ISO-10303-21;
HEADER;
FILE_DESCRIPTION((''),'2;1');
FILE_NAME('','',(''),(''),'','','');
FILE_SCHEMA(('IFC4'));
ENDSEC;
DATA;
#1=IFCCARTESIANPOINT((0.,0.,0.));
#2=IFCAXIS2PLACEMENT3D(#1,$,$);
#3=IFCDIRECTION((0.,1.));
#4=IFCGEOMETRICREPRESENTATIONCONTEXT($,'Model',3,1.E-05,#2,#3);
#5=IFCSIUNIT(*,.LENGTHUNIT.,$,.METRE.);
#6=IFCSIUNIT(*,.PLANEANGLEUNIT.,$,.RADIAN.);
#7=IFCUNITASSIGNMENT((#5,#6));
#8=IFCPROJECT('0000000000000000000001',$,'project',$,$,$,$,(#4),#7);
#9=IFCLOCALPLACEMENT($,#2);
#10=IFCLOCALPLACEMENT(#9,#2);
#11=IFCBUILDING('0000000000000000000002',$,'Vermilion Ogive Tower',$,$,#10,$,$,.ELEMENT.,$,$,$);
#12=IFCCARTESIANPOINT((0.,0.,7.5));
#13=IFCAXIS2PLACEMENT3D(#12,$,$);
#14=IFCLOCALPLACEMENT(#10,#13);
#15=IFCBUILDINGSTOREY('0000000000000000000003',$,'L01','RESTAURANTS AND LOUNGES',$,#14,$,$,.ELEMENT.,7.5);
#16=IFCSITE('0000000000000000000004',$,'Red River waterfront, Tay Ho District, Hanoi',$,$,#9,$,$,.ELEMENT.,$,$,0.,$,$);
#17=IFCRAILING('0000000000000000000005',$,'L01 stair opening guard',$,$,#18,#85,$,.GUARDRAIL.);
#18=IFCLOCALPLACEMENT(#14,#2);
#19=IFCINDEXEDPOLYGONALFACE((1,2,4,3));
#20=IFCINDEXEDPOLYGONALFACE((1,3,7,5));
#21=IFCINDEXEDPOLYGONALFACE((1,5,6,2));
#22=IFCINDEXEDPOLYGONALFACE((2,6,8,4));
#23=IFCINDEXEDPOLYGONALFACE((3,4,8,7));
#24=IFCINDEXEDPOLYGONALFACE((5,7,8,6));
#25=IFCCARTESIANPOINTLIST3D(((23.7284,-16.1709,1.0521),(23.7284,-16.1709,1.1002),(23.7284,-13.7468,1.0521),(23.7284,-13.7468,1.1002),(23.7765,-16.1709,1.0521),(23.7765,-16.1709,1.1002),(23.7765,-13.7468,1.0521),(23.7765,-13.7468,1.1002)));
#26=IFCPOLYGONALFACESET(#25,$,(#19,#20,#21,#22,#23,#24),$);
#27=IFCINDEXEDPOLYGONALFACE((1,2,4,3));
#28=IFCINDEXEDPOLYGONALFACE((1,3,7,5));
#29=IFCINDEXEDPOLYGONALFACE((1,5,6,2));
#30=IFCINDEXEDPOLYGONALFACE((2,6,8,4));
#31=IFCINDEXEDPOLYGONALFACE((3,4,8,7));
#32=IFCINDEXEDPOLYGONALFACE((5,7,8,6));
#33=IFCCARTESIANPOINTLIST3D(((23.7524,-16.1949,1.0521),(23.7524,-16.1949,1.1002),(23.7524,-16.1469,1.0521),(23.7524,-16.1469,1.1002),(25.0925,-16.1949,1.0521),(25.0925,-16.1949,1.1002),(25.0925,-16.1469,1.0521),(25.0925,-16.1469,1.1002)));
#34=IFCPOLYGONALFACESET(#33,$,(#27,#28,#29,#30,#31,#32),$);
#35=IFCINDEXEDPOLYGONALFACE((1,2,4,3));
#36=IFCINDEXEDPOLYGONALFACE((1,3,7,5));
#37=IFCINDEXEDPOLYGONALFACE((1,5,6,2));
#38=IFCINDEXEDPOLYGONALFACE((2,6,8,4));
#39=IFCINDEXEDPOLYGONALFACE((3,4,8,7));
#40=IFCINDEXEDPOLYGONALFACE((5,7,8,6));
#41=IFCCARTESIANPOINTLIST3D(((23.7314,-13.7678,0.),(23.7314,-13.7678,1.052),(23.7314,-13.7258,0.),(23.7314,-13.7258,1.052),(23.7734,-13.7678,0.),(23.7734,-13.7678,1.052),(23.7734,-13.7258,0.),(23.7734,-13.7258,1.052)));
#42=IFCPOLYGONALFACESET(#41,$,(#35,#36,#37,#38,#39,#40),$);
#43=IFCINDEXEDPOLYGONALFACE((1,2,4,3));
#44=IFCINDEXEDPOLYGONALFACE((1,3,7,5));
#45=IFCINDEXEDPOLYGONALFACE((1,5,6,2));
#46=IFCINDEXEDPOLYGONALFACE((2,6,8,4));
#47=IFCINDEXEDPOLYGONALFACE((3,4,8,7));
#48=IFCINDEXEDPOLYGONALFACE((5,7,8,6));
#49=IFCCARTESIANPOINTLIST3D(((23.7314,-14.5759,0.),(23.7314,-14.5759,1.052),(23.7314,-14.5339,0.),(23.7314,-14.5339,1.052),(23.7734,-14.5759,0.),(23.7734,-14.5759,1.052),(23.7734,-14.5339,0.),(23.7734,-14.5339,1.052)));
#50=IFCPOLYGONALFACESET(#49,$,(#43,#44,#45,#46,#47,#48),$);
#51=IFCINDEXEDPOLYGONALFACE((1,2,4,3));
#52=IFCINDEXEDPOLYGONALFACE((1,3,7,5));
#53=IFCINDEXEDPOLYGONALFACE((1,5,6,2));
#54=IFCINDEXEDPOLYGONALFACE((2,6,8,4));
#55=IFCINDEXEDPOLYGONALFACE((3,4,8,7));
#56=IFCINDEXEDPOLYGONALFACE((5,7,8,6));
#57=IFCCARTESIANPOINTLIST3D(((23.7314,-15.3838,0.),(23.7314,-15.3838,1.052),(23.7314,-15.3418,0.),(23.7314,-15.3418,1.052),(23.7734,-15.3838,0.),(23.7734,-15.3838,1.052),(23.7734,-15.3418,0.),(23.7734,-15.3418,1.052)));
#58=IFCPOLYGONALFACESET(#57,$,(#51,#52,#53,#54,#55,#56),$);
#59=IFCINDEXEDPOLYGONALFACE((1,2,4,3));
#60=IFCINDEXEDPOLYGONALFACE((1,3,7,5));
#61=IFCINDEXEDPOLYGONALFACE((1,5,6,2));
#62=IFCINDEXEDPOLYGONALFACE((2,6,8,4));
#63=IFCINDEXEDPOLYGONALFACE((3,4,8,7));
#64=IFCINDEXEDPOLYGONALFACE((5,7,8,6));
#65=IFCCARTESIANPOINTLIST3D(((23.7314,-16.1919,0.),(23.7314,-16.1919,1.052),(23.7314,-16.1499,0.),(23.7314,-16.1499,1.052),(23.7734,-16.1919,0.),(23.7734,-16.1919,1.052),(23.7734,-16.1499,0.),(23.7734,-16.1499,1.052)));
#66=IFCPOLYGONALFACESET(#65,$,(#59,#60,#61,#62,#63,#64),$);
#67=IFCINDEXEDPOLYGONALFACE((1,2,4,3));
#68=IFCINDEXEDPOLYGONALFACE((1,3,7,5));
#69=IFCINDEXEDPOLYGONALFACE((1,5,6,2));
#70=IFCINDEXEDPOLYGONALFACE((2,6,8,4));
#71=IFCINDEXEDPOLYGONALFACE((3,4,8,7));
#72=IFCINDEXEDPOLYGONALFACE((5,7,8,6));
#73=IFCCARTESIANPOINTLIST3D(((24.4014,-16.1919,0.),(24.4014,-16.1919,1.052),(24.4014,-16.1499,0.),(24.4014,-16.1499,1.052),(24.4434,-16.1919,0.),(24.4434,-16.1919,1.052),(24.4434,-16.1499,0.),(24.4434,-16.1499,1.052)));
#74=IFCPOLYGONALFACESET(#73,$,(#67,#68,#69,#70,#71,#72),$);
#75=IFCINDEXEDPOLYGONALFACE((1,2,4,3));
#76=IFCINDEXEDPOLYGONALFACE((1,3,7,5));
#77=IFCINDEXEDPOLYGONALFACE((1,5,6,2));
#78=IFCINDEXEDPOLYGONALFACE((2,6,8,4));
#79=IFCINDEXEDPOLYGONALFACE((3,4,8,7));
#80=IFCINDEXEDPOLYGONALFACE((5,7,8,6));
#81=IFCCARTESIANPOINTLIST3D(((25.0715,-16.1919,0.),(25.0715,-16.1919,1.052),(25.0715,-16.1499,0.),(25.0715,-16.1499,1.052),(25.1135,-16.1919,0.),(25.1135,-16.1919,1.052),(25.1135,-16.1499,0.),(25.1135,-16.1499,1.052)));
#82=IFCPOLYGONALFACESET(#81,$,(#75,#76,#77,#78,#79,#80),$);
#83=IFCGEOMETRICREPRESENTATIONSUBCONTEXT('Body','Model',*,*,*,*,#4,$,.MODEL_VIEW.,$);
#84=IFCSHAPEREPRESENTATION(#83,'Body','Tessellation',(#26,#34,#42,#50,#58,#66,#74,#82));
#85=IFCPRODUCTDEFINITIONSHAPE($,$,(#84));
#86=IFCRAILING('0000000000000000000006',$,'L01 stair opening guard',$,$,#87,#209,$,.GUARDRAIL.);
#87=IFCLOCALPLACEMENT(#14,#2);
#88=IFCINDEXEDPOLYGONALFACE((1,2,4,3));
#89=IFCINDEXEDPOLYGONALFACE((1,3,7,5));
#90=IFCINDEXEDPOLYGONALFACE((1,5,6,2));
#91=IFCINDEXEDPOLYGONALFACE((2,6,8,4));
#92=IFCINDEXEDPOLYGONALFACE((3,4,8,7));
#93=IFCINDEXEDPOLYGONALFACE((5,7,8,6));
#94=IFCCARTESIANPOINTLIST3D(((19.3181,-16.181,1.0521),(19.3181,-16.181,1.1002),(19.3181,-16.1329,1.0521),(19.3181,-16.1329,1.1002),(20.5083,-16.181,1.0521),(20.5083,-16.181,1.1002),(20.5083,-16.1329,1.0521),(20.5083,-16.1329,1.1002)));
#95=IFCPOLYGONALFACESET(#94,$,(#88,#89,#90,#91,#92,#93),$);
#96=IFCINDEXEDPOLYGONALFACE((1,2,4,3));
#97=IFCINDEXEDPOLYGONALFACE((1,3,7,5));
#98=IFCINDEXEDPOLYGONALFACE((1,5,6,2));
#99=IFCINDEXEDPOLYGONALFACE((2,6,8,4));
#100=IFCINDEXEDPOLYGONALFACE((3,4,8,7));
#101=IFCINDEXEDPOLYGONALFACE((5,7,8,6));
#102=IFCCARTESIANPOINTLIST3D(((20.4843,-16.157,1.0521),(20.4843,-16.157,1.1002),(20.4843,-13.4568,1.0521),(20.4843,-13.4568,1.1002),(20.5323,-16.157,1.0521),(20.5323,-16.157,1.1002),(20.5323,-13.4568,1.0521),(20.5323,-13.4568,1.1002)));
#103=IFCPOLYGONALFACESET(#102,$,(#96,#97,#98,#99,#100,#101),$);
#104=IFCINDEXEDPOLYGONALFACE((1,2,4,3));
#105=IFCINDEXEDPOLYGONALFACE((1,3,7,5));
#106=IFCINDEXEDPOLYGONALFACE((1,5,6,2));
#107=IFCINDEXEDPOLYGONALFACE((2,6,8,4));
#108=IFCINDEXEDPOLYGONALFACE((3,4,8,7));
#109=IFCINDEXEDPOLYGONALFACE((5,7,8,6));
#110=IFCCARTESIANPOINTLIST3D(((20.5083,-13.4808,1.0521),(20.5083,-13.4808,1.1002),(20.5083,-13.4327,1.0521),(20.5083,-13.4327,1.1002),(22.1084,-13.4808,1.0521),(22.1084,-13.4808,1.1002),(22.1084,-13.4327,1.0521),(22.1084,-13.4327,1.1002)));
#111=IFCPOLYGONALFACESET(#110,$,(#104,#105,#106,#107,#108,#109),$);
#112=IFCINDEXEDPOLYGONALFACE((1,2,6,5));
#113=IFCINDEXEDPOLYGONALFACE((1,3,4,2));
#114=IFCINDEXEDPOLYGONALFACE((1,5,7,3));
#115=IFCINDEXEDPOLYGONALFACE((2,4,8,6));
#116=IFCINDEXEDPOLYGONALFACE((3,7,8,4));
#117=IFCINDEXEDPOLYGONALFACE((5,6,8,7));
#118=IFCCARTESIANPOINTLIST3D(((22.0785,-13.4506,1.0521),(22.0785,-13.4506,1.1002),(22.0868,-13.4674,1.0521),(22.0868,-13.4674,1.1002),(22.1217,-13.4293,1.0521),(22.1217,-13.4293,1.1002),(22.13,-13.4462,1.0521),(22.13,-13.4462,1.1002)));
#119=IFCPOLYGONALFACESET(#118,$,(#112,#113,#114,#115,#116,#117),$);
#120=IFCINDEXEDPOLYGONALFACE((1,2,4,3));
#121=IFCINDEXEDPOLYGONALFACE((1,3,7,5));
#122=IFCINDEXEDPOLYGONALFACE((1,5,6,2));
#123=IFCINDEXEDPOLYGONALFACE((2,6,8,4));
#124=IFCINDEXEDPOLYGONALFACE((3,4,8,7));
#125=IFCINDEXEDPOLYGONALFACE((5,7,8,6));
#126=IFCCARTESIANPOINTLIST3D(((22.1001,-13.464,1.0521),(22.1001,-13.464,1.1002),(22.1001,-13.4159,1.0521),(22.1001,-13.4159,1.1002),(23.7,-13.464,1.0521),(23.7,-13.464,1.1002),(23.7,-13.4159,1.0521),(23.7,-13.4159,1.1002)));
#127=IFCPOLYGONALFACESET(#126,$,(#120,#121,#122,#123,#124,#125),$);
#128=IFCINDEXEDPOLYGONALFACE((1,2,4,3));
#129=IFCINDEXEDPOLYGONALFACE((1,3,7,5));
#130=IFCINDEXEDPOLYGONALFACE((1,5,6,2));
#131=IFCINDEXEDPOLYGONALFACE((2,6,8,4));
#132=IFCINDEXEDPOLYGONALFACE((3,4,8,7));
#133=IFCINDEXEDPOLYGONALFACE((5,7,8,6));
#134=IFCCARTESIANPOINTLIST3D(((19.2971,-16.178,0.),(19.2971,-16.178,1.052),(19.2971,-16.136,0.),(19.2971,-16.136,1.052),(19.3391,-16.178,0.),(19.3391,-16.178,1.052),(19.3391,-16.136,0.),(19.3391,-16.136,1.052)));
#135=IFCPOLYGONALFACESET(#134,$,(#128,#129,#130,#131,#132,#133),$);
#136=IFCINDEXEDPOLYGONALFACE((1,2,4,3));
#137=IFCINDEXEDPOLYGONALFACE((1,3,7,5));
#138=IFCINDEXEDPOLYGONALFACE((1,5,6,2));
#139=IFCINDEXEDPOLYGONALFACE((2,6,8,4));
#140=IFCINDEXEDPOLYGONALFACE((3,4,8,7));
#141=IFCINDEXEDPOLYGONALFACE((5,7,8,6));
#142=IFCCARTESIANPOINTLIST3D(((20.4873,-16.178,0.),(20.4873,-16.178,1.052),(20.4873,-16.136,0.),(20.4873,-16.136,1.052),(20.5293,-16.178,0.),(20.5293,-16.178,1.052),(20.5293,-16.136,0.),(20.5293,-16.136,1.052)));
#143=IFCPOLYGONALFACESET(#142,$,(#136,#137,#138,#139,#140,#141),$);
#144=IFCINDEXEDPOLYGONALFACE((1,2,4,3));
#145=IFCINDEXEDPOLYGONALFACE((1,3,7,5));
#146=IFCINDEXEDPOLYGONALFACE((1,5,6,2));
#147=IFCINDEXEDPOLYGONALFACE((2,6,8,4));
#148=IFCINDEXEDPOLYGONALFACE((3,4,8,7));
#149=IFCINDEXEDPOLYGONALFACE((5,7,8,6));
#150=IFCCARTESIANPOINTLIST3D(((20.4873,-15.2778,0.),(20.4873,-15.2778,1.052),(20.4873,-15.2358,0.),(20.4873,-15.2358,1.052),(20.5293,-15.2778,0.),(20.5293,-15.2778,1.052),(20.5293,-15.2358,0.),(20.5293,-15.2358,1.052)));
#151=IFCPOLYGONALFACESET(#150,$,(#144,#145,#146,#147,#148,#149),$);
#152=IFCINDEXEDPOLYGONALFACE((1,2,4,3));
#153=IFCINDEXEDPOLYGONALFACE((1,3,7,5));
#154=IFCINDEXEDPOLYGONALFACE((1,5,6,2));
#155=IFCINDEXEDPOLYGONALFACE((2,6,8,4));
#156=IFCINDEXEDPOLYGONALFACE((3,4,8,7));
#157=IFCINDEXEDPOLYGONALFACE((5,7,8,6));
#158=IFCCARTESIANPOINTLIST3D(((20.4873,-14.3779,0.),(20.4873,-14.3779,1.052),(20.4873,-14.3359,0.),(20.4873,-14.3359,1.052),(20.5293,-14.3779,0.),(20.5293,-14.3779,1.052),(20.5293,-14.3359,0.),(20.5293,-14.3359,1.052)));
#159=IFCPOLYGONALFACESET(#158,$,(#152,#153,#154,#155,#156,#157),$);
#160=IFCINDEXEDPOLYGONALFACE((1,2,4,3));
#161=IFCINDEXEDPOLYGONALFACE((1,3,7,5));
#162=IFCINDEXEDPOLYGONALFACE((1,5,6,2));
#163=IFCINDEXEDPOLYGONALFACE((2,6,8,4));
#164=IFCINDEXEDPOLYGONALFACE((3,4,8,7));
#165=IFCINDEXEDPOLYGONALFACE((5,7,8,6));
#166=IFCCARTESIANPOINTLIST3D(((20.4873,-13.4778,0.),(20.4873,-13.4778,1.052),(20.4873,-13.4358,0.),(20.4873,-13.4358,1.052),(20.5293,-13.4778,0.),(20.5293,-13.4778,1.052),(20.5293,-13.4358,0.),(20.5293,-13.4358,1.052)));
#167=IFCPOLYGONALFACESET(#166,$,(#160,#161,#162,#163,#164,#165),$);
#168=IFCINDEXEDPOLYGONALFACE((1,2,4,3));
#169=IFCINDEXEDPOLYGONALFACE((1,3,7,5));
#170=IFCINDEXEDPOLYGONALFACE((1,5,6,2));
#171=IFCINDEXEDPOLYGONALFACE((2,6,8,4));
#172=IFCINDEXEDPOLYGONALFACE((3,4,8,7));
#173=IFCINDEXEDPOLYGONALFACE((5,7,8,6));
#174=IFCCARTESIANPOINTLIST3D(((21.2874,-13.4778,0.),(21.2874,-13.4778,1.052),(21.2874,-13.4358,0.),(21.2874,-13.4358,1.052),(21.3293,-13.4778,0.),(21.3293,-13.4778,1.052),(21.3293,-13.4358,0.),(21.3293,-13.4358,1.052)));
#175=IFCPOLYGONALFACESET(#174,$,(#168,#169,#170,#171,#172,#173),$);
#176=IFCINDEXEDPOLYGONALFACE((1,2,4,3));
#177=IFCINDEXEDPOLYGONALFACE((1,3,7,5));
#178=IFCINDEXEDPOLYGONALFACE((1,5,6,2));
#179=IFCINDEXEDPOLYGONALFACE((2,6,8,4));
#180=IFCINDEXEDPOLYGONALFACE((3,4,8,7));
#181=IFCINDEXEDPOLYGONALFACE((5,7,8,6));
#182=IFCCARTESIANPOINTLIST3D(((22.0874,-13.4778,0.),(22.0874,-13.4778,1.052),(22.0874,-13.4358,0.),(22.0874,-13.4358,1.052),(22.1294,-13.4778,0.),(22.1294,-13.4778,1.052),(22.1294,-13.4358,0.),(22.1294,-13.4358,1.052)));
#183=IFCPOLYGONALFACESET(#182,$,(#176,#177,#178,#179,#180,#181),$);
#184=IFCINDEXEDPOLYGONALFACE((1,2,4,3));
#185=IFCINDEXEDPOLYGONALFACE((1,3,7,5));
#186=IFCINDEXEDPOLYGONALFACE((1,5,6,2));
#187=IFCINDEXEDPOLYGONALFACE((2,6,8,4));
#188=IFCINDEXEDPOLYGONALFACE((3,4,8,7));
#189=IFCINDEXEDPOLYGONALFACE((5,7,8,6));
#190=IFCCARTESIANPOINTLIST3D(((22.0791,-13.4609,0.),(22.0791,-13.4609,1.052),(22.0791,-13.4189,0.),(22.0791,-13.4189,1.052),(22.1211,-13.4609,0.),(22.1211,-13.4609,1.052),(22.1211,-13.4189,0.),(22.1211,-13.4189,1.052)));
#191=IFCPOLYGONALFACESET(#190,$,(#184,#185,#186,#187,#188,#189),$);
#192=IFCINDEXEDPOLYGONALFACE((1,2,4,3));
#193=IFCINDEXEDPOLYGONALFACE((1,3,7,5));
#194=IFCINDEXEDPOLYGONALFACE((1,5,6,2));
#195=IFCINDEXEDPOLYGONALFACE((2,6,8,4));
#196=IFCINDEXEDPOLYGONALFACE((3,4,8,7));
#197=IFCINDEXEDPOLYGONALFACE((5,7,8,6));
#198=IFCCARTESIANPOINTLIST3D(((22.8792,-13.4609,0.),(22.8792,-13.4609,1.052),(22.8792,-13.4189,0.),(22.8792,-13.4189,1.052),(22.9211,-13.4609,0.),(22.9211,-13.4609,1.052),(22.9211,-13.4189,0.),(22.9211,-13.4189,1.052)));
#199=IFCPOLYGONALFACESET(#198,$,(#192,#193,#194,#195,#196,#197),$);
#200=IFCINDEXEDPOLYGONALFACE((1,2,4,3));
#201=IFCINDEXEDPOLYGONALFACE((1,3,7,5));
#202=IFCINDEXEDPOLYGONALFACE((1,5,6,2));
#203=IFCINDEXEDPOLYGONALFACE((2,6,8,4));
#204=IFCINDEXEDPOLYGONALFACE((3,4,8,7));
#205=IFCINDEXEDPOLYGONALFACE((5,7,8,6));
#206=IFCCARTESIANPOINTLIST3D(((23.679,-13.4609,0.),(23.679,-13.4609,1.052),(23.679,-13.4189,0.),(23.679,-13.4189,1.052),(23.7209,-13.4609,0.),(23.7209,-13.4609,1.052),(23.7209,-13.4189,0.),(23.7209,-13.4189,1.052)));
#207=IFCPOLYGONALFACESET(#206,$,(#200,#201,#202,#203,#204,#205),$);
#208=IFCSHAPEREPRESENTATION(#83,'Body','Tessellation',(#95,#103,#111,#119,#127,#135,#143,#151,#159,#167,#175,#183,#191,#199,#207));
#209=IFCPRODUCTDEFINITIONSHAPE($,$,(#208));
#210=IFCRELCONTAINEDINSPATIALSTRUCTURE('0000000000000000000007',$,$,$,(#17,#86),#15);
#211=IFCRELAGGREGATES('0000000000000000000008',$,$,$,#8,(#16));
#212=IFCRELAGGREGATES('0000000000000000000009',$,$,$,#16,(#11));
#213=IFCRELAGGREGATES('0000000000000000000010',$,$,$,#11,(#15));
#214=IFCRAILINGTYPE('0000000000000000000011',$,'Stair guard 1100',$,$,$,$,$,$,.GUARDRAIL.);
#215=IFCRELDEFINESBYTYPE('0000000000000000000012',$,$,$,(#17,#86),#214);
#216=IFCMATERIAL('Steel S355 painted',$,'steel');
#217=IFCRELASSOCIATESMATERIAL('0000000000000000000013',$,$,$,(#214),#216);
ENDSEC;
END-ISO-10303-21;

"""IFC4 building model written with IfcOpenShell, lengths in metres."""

from ifc_helpers import new_model, si_unit, direction, frame, origin, origin_2d, place, context, subcontext, project, spatial, rectangle, extrude, material, type_object, element, save


model = new_model("IFC4")

# Units and contexts
model_context = context("Model", 3, precision=1e-05, world=origin(), true_north=direction((0.0, 1.0)))
body_context = subcontext(model_context, "Body", "Model", "MODEL_VIEW")
ifc_project = project(units=[si_unit("LENGTHUNIT", "METRE"), si_unit("PLANEANGLEUNIT", "RADIAN")], contexts=[model_context])

# Site, building, storey
site_placement = place(None, origin())
site = spatial("IfcSite", under=ifc_project, at=site_placement, Name="Red River waterfront, Tay Ho District, Hanoi", CompositionType="ELEMENT", RefElevation=0.0)
building_placement = place(site_placement, origin())
building = spatial("IfcBuilding", under=site, at=building_placement, Name="Vermilion Ogive Tower", CompositionType="ELEMENT")
storey_placement = place(building_placement, frame((0.0, 0.0, 7.5)))
storey = spatial("IfcBuildingStorey", under=building, at=storey_placement, Name="L01", Description="RESTAURANTS AND LOUNGES", CompositionType="ELEMENT", Elevation=7.5)

# Railings
ifc_material_1 = material(Name="Steel S355 painted", Category="steel")
railing_type_1 = type_object("IfcRailingType", Name="Stair guard 1100", PredefinedType="GUARDRAIL", material=ifc_material_1)
railing_1_placement = place(storey_placement, frame((23.7524, -13.7468, 0.0)))
element("IfcRailing", 1, at=railing_1_placement, inside=storey, type_object=railing_type_1, Name="L01 stair opening guard", PredefinedType="GUARDRAIL", context=body_context, shape_type="SweptSolid", body=[
    extrude(rectangle(XDim=0.0481, YDim=0.0481, at=origin_2d()), frame((0.0, 0.0, 1.0762), z_axis=(0.0, -1.0, 0.0), x_axis=(1.0, 0.0, 0.0)), (0.0, 0.0, 1.0), 2.4241),
    extrude(rectangle(XDim=0.0481, YDim=0.0481, at=origin_2d()), frame((0.0, -2.4241, 1.0762), z_axis=(1.0, 0.0, 0.0), x_axis=(0.0, 1.0, 0.0)), (0.0, 0.0, 1.0), 1.3401),
    extrude(rectangle(XDim=0.042, YDim=0.042, at=origin_2d()), origin(), (0.0, 0.0, 1.0), 1.052),
    extrude(rectangle(XDim=0.042, YDim=0.042, at=origin_2d()), frame((0.0, -0.8081, 0.0)), (0.0, 0.0, 1.0), 1.052),
    extrude(rectangle(XDim=0.042, YDim=0.042, at=origin_2d()), frame((0.0, -1.616, 0.0)), (0.0, 0.0, 1.0), 1.052),
    extrude(rectangle(XDim=0.042, YDim=0.042, at=origin_2d()), frame((0.0, -2.4241, 0.0)), (0.0, 0.0, 1.0), 1.052),
    extrude(rectangle(XDim=0.042, YDim=0.042, at=origin_2d()), frame((0.6699, -2.4241, 0.0)), (0.0, 0.0, 1.0), 1.052),
    extrude(rectangle(XDim=0.042, YDim=0.042, at=origin_2d()), frame((1.3401, -2.4241, 0.0)), (0.0, 0.0, 1.0), 1.052),
])
railing_2_placement = place(storey_placement, frame((19.3181, -16.157, 0.0)))
element("IfcRailing", 2, at=railing_2_placement, inside=storey, type_object=railing_type_1, Name="L01 stair opening guard", PredefinedType="GUARDRAIL", context=body_context, shape_type="SweptSolid", body=[
    extrude(rectangle(XDim=0.0481, YDim=0.0481, at=origin_2d()), frame((0.0, 0.0, 1.0762), z_axis=(1.0, 0.0, 0.0), x_axis=(0.0, 1.0, 0.0)), (0.0, 0.0, 1.0), 1.1902),
    extrude(rectangle(XDim=0.0481, YDim=0.0481, at=origin_2d()), frame((1.1902, 0.0, 1.0762), z_axis=(0.0, 1.0, 0.0), x_axis=(-1.0, 0.0, 0.0)), (0.0, 0.0, 1.0), 2.7002),
    extrude(rectangle(XDim=0.0481, YDim=0.0481, at=origin_2d()), frame((1.1902, 2.7002, 1.0762), z_axis=(1.0, 0.0, 0.0), x_axis=(0.0, 1.0, 0.0)), (0.0, 0.0, 1.0), 1.6001),
    extrude(rectangle(XDim=0.0481, YDim=0.0481, at=origin_2d()), frame((2.7903, 2.7002, 1.0762), z_axis=(-0.442006, 0.897012, 0.0), x_axis=(-0.897012, -0.442006, 0.0)), (0.0, 0.0, 1.0), 0.0188),
    extrude(rectangle(XDim=0.0481, YDim=0.0481, at=origin_2d()), frame((2.782, 2.717, 1.0762), z_axis=(1.0, 0.0, 0.0), x_axis=(0.0, 1.0, 0.0)), (0.0, 0.0, 1.0), 1.5999),
    extrude(rectangle(XDim=0.042, YDim=0.042, at=origin_2d()), origin(), (0.0, 0.0, 1.0), 1.052),
    extrude(rectangle(XDim=0.042, YDim=0.042, at=origin_2d()), frame((1.1902, 0.0, 0.0)), (0.0, 0.0, 1.0), 1.052),
    extrude(rectangle(XDim=0.042, YDim=0.042, at=origin_2d()), frame((1.1902, 0.9001, 0.0)), (0.0, 0.0, 1.0), 1.052),
    extrude(rectangle(XDim=0.042, YDim=0.042, at=origin_2d()), frame((1.1902, 1.8, 0.0)), (0.0, 0.0, 1.0), 1.052),
    extrude(rectangle(XDim=0.042, YDim=0.042, at=origin_2d()), frame((1.1902, 2.7002, 0.0)), (0.0, 0.0, 1.0), 1.052),
    extrude(rectangle(XDim=0.042, YDim=0.042, at=origin_2d()), frame((1.9902, 2.7002, 0.0)), (0.0, 0.0, 1.0), 1.052),
    extrude(rectangle(XDim=0.042, YDim=0.042, at=origin_2d()), frame((2.7903, 2.7002, 0.0)), (0.0, 0.0, 1.0), 1.052),
    extrude(rectangle(XDim=0.042, YDim=0.042, at=origin_2d()), frame((2.782, 2.717, 0.0)), (0.0, 0.0, 1.0), 1.052),
    extrude(rectangle(XDim=0.042, YDim=0.042, at=origin_2d()), frame((3.582, 2.717, 0.0)), (0.0, 0.0, 1.0), 1.052),
    extrude(rectangle(XDim=0.042, YDim=0.042, at=origin_2d()), frame((4.3818, 2.717, 0.0)), (0.0, 0.0, 1.0), 1.052),
])

save(model, "model.ifc")
